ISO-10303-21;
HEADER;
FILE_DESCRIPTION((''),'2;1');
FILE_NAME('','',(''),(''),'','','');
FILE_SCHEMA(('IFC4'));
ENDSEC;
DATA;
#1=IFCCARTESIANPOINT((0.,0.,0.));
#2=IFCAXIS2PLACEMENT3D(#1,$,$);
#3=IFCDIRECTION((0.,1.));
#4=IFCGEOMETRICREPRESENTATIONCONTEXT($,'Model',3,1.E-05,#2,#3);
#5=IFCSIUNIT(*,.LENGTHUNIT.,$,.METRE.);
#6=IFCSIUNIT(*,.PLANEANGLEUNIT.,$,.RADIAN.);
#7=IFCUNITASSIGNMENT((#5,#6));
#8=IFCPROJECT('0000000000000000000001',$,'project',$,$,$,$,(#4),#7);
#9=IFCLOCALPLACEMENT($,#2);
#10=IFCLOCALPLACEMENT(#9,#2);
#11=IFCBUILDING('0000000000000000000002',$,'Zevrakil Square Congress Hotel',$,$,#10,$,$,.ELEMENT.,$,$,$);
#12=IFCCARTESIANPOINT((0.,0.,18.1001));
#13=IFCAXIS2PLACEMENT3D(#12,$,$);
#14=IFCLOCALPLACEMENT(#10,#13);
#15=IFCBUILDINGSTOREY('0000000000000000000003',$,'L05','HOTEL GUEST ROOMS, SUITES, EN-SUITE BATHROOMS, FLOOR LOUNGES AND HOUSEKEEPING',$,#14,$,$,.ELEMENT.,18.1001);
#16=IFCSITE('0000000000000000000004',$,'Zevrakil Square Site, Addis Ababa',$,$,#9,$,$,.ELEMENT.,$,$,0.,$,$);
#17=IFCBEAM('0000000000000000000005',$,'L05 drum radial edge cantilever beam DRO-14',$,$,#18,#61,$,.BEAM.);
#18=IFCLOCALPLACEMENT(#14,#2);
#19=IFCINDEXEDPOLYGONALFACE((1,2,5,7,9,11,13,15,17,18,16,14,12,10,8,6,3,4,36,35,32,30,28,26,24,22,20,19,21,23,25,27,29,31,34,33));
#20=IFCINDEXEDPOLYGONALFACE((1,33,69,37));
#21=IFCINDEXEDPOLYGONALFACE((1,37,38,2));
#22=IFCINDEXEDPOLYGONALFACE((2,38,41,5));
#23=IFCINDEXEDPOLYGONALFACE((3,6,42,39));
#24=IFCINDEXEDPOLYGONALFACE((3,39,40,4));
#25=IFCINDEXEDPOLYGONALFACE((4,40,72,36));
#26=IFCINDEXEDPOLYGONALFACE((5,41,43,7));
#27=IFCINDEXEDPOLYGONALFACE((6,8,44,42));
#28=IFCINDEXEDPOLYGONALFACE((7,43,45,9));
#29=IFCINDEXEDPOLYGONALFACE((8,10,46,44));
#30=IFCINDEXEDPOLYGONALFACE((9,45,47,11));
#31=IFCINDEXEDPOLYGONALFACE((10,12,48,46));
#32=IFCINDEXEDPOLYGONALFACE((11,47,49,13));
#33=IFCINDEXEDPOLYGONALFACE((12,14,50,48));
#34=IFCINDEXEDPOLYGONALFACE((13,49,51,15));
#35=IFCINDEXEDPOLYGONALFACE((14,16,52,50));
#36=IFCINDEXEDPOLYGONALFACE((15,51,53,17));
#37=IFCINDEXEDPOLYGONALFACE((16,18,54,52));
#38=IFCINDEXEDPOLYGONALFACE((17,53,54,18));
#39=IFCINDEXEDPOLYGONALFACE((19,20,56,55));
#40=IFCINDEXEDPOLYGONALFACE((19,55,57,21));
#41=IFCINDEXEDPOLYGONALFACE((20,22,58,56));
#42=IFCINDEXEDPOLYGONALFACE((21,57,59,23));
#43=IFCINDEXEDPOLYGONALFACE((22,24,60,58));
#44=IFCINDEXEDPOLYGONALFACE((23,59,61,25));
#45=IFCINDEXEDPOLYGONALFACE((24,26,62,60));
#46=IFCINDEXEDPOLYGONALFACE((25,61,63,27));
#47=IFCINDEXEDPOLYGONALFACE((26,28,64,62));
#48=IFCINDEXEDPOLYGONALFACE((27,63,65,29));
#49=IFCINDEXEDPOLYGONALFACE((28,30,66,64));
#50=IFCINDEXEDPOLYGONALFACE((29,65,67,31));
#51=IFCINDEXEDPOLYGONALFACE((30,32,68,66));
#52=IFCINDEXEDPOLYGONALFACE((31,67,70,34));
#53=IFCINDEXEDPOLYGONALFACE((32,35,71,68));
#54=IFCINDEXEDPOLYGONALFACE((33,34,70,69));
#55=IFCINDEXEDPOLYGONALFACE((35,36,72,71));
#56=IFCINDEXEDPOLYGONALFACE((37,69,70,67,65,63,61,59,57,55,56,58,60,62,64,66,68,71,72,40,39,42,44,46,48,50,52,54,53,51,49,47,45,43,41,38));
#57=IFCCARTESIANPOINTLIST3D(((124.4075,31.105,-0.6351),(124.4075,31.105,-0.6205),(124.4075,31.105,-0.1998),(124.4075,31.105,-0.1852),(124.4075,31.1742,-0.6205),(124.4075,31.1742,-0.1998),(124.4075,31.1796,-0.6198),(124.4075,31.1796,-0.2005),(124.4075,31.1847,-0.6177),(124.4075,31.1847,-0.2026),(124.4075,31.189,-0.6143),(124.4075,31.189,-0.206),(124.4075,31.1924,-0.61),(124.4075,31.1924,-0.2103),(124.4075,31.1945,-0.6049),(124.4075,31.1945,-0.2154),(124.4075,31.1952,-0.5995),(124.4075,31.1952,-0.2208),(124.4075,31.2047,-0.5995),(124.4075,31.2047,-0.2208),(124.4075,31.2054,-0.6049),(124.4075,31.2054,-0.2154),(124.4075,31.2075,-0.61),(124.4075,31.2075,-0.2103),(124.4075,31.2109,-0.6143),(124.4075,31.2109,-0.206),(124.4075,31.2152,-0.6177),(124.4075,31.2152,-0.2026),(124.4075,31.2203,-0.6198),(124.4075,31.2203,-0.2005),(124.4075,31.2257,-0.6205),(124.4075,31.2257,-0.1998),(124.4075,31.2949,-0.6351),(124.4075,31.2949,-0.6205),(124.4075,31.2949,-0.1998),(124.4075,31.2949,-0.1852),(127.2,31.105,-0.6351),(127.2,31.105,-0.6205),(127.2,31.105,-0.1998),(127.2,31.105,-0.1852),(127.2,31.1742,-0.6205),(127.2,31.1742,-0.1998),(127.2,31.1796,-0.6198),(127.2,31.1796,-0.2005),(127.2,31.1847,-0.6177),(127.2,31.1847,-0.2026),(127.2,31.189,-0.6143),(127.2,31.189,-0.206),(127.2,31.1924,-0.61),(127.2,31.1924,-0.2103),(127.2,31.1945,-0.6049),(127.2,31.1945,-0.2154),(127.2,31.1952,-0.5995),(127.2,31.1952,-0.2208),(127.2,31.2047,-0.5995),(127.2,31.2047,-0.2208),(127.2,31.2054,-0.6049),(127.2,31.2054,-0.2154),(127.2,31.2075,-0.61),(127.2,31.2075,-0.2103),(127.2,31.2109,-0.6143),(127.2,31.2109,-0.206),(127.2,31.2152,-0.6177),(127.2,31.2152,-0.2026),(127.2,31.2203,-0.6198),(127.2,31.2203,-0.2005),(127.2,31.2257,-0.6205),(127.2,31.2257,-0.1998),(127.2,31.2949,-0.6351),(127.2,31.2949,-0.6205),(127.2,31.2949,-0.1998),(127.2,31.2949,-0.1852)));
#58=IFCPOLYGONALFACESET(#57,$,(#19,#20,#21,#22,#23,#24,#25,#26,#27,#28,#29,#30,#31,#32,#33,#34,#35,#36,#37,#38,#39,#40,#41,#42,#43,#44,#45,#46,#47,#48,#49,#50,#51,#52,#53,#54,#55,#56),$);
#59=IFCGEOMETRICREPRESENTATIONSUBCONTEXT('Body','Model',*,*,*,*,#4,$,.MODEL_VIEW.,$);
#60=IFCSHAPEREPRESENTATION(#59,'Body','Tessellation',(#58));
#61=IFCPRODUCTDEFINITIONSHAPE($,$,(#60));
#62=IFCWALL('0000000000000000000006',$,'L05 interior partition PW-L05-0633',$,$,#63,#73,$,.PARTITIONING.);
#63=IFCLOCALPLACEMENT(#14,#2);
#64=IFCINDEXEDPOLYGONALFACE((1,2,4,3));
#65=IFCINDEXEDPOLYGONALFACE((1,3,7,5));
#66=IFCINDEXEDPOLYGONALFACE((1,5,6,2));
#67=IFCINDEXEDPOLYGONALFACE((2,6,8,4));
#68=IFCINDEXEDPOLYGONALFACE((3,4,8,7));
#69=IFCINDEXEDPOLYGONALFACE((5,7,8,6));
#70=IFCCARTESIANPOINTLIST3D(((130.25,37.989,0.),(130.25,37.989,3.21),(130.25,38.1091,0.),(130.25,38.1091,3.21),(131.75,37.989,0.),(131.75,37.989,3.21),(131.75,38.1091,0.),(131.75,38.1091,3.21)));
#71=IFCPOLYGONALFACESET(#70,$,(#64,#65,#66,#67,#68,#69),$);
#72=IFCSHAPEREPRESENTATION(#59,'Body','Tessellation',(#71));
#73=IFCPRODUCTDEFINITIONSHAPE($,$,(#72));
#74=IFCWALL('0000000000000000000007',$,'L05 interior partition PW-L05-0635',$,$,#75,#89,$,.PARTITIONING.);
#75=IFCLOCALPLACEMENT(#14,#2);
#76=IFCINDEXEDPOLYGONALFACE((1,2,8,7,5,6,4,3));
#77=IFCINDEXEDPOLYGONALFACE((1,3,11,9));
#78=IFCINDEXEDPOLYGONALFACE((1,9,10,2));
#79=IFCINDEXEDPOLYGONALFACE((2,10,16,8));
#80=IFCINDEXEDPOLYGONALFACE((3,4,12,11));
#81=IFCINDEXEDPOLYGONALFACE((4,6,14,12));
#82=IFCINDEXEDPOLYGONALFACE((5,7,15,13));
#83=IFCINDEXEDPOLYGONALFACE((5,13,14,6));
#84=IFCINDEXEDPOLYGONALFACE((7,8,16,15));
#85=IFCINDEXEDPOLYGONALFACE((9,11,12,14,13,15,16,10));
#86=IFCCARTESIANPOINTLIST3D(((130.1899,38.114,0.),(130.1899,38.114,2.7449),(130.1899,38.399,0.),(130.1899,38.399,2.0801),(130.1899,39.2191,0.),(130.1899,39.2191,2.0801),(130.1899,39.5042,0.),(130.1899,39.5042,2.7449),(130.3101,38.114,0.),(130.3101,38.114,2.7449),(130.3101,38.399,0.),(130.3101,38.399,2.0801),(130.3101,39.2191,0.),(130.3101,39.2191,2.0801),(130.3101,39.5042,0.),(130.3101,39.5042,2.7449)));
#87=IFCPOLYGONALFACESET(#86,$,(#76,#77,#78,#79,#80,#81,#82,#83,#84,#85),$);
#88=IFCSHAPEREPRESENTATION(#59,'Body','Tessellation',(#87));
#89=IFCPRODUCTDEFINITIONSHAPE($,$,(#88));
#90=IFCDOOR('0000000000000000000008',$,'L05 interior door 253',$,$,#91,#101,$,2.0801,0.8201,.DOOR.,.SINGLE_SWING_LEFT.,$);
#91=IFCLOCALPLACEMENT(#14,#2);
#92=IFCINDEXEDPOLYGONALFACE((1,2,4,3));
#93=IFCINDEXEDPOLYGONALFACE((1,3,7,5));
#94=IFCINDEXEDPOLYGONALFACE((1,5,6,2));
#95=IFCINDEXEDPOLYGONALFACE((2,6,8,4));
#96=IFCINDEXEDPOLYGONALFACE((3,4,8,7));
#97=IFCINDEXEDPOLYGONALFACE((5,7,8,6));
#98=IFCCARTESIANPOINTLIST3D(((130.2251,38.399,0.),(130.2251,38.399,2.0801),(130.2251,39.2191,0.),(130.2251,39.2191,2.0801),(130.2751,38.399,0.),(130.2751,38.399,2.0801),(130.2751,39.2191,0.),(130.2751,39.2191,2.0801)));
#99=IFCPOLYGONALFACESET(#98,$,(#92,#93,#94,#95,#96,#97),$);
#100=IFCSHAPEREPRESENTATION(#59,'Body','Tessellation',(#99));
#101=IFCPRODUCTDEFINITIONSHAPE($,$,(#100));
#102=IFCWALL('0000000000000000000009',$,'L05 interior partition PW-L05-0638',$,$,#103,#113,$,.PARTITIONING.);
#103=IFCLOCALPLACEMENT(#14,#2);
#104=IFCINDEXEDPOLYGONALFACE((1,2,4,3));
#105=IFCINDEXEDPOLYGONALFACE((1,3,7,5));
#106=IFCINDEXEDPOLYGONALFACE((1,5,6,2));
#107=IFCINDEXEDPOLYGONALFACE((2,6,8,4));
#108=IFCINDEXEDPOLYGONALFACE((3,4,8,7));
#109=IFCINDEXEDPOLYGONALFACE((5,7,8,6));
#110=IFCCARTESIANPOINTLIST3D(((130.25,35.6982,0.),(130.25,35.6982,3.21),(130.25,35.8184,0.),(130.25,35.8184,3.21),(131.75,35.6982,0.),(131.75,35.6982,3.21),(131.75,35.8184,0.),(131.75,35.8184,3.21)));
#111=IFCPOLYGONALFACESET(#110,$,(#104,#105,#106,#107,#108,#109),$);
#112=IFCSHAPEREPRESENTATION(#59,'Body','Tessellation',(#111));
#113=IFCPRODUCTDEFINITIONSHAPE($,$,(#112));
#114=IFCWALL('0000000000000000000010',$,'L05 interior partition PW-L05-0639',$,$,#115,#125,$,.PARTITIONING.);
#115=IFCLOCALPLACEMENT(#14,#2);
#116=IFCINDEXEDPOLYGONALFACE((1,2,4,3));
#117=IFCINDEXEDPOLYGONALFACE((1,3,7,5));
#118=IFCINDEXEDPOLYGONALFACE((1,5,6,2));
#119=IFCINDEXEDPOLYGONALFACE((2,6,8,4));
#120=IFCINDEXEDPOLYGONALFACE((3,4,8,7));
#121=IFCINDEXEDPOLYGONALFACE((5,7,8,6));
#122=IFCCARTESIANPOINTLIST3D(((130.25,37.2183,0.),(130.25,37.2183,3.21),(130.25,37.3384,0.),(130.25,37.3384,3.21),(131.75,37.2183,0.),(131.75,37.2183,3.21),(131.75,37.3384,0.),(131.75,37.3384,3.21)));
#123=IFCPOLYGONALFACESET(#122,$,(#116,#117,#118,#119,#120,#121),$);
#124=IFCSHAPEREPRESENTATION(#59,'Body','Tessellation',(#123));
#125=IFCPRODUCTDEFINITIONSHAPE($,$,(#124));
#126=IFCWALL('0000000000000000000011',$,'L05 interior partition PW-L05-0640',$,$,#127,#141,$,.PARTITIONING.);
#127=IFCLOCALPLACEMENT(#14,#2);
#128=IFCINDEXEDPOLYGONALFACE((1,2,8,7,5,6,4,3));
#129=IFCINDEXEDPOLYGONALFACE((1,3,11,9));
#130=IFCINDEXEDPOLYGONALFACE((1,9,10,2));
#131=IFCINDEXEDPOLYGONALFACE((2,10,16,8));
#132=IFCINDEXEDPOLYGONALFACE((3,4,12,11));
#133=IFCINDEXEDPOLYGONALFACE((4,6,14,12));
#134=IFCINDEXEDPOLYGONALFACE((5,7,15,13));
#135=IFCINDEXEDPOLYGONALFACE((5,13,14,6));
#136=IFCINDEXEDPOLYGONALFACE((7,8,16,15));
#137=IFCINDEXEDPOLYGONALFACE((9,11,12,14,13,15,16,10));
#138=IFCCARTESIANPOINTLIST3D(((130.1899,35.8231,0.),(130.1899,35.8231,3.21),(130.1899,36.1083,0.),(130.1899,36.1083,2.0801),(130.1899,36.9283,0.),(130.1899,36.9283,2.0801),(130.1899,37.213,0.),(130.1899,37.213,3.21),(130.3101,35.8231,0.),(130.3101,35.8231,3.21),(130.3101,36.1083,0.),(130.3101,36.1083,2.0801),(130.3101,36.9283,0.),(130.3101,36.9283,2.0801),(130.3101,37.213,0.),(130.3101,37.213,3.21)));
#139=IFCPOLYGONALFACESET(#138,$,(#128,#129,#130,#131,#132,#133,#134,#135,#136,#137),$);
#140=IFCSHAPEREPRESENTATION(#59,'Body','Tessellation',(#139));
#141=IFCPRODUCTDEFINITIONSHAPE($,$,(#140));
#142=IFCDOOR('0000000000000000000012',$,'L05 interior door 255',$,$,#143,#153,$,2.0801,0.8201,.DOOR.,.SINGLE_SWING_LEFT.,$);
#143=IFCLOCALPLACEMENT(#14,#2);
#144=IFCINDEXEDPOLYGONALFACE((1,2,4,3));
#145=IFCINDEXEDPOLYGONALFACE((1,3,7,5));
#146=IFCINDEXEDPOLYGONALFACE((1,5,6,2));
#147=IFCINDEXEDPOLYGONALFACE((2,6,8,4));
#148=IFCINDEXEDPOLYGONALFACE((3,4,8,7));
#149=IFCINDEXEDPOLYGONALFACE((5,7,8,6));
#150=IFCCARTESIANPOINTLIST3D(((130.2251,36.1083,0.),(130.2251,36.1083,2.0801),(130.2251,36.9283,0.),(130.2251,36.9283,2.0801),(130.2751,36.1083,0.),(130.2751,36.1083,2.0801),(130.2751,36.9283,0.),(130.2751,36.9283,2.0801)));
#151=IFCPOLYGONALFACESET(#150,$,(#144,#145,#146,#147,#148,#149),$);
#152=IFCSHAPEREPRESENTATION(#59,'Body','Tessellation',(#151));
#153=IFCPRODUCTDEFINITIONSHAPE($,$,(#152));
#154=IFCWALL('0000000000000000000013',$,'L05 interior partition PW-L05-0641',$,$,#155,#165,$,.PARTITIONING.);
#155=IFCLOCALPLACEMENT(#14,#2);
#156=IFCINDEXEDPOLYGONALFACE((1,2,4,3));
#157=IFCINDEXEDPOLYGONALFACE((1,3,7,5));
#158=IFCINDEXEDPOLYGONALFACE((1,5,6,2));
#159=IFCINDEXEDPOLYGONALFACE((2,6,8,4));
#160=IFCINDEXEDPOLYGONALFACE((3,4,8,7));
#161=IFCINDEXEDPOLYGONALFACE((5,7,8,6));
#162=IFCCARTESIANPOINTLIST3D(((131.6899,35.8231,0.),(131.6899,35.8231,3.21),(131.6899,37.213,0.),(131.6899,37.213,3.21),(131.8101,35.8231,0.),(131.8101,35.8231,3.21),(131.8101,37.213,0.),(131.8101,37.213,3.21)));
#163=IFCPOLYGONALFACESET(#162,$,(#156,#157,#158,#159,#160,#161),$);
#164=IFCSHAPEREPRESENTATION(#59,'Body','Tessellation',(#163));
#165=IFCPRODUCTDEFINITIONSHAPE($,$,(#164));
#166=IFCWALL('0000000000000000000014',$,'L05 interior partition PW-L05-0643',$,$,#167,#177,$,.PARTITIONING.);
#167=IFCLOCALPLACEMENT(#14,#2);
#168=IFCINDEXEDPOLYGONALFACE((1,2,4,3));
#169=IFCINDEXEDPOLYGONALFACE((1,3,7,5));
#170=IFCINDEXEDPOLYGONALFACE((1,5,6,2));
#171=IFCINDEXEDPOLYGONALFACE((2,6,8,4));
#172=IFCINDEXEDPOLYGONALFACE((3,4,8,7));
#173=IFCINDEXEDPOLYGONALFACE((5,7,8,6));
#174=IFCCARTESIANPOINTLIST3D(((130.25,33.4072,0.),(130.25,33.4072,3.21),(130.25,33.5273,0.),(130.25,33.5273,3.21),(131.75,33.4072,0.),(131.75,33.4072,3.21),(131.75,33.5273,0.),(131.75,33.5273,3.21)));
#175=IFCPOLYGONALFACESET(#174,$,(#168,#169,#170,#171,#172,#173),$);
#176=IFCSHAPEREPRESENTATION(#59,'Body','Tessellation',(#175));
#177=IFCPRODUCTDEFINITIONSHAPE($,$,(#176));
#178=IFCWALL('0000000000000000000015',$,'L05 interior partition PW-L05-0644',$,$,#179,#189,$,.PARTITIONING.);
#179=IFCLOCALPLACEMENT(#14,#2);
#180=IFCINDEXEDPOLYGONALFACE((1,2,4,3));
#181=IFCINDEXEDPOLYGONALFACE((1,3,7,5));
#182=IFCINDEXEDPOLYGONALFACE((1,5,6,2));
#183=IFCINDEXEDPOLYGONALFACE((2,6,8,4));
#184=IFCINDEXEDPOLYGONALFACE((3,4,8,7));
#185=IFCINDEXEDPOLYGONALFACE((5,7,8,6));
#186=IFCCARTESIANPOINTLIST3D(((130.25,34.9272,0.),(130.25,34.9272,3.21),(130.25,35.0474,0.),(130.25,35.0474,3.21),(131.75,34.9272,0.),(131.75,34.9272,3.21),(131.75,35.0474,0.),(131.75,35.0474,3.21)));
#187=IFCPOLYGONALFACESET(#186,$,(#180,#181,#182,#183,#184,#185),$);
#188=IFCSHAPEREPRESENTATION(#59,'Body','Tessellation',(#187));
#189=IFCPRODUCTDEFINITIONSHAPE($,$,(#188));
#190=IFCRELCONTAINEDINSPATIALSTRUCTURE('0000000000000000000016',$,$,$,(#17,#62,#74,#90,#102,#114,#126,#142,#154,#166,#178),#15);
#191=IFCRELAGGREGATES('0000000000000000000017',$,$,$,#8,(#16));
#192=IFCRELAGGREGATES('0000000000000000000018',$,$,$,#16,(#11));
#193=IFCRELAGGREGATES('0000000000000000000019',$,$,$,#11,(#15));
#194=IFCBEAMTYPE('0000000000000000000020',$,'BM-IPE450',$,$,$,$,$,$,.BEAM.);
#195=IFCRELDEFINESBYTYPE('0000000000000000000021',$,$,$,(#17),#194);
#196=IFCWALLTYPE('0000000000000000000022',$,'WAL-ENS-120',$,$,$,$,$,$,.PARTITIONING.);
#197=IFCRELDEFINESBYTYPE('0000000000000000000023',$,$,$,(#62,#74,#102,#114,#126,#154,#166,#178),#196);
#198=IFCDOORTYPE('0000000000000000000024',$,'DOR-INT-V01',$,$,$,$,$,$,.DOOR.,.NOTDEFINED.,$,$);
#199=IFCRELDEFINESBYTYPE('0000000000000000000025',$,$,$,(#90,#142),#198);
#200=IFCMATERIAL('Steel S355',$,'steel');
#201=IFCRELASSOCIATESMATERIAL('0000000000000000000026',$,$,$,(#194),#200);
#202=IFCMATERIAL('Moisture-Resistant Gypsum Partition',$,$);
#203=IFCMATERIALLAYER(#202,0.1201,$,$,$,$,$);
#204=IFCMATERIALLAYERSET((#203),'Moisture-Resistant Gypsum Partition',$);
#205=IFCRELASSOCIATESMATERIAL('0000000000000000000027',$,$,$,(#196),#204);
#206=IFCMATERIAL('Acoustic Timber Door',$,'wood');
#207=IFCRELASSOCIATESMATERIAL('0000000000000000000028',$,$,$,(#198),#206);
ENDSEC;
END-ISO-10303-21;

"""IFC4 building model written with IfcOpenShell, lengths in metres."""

from ifc_helpers import new_model, si_unit, direction, frame, frame_2d, origin, origin_2d, place, context, subcontext, project, spatial, rectangle, i_section, extrude, material, layer, layer_set, material_profile, profile_set, type_object, element, fill, save


model = new_model("IFC4")

# Units and contexts
model_context = context("Model", 3, precision=1e-05, world=origin(), true_north=direction((0.0, 1.0)))
body_context = subcontext(model_context, "Body", "Model", "MODEL_VIEW")
ifc_project = project(units=[si_unit("LENGTHUNIT", "METRE"), si_unit("PLANEANGLEUNIT", "RADIAN")], contexts=[model_context])

# Site, building, storey
site_placement = place(None, origin())
site = spatial("IfcSite", under=ifc_project, at=site_placement, Name="Zevrakil Square Site, Addis Ababa", CompositionType="ELEMENT", RefElevation=0.0)
building_placement = place(site_placement, origin())
building = spatial("IfcBuilding", under=site, at=building_placement, Name="Zevrakil Square Congress Hotel", CompositionType="ELEMENT")
storey_placement = place(building_placement, frame((0.0, 0.0, 18.1001)))
storey = spatial("IfcBuildingStorey", under=building, at=storey_placement, Name="L05", Description="HOTEL GUEST ROOMS, SUITES, EN-SUITE BATHROOMS, FLOOR LOUNGES AND HOUSEKEEPING", CompositionType="ELEMENT", Elevation=18.1001)

# Beam
ifc_material_1 = material(Name="Steel S355", Category="steel")
ifc_material_profile = material_profile(ifc_material_1, i_section(OverallWidth=0.1899, OverallDepth=0.45, WebThickness=0.0095, FlangeThickness=0.0146, FilletRadius=0.021, at=origin_2d()), Name="IPE 450")
ifc_profile_set = profile_set([ifc_material_profile], Name="Steel S355")
beam_type = type_object("IfcBeamType", Name="BM-IPE450", PredefinedType="BEAM", material=ifc_profile_set)
beam_placement = place(storey_placement, frame((127.2, 31.2, -0.4102), z_axis=(-1.0, 0.0, 0.0), x_axis=(0.0, -1.0, 0.0)))
element("IfcBeam", 1, at=beam_placement, inside=storey, type_object=beam_type, Name="L05 drum radial edge cantilever beam DRO-14", PredefinedType="BEAM", context=body_context, shape_type="SweptSolid", body=[
    extrude(i_section(OverallWidth=0.1899, OverallDepth=0.45, WebThickness=0.0095, FlangeThickness=0.0146, FilletRadius=0.021, at=origin_2d()), origin(), (0.0, 0.0, 1.0), 2.7925),
])

# Wall
ifc_material_2 = material(Name="Moisture-Resistant Gypsum Partition")
ifc_layer = layer(ifc_material_2, 0.1201)
ifc_layer_set = layer_set([ifc_layer], Name="Moisture-Resistant Gypsum Partition")
wall_type = type_object("IfcWallType", Name="WAL-ENS-120", PredefinedType="PARTITIONING", material=ifc_layer_set)
wall_1_placement = place(storey_placement, frame((130.25, 38.0491, 0.0), z_axis=(0.0, 0.0, 1.0), x_axis=(1.0, 0.0, 0.0)))
element("IfcWall", 2, at=wall_1_placement, inside=storey, type_object=wall_type, Name="L05 interior partition PW-L05-0633", PredefinedType="PARTITIONING", context=body_context, shape_type="SweptSolid", body=[
    extrude(rectangle(XDim=1.5, YDim=0.1201, at=frame_2d((0.75, 0.0))), origin(), (0.0, 0.0, 1.0), 3.21),
])

# Wall, opening, door
wall_2_placement = place(storey_placement, frame((130.25, 38.114, 0.0), z_axis=(0.0, 0.0, 1.0), x_axis=(0.0, 1.0, 0.0)))
wall_2 = element("IfcWall", 3, at=wall_2_placement, inside=storey, type_object=wall_type, Name="L05 interior partition PW-L05-0635", PredefinedType="PARTITIONING", context=body_context, shape_type="SweptSolid", body=[
    extrude(rectangle(XDim=1.3901, YDim=0.1201, at=frame_2d((0.6951, 0.0))), origin(), (0.0, 0.0, 1.0), 2.7449),
])
opening_1_placement = place(wall_2_placement, frame((0.2849, 0.0, 0.0)))
opening_1 = element("IfcOpeningElement", 4, at=opening_1_placement, cuts=wall_2, PredefinedType="OPENING", context=body_context, shape_type="SweptSolid", body=[
    extrude(rectangle(XDim=0.8201, YDim=2.0801, at=frame_2d((0.4102, 1.04))), frame((0.0, 0.0701, 0.0), z_axis=(0.0, -1.0, 0.0), x_axis=(1.0, 0.0, 0.0)), (0.0, 0.0, 1.0), 0.1401),
])
ifc_material_3 = material(Name="Acoustic Timber Door", Category="wood")
door_type = type_object("IfcDoorType", Name="DOR-INT-V01", OperationType="NOTDEFINED", PredefinedType="DOOR", material=ifc_material_3)
door_1_placement = place(opening_1_placement, origin())
door_1 = element("IfcDoor", 5, at=door_1_placement, inside=storey, type_object=door_type, Name="L05 interior door 253", OperationType="SINGLE_SWING_LEFT", OverallHeight=2.0801, OverallWidth=0.8201, PredefinedType="DOOR", context=body_context, shape_type="SweptSolid", body=[
    extrude(rectangle(XDim=0.8201, YDim=2.0801, at=frame_2d((0.4102, 1.04))), frame((0.0, 0.0249, 0.0), z_axis=(0.0, -1.0, 0.0), x_axis=(1.0, 0.0, 0.0)), (0.0, 0.0, 1.0), 0.05),
])
fill(opening_1, door_1)

# Walls
for number, where, z_axis, x_axis, name in (
    (6, (130.25, 35.7583, 0.0), (0.0, 0.0, 1.0), (1.0, 0.0, 0.0), "L05 interior partition PW-L05-0638"),
    (7, (130.25, 37.2783, 0.0), (0.0, 0.0, 1.0), (1.0, 0.0, 0.0), "L05 interior partition PW-L05-0639"),
):
    element("IfcWall", number, at=place(storey_placement, frame(where, z_axis=z_axis, x_axis=x_axis)), inside=storey, type_object=wall_type, Name=name, PredefinedType="PARTITIONING", context=body_context, shape_type="SweptSolid", body=[
        extrude(rectangle(XDim=1.5, YDim=0.1201, at=frame_2d((0.75, 0.0))), origin(), (0.0, 0.0, 1.0), 3.21),
    ])

# Wall, opening, door
wall_3_placement = place(storey_placement, frame((130.25, 35.8232, 0.0), z_axis=(0.0, 0.0, 1.0), x_axis=(0.0, 1.0, 0.0)))
wall_3 = element("IfcWall", 8, at=wall_3_placement, inside=storey, type_object=wall_type, Name="L05 interior partition PW-L05-0640", PredefinedType="PARTITIONING", context=body_context, shape_type="SweptSolid", body=[
    extrude(rectangle(XDim=1.3899, YDim=0.1201, at=frame_2d((0.6948, 0.0))), origin(), (0.0, 0.0, 1.0), 3.21),
])
opening_2_placement = place(wall_3_placement, frame((0.2849, 0.0, 0.0)))
opening_2 = element("IfcOpeningElement", 9, at=opening_2_placement, cuts=wall_3, PredefinedType="OPENING", context=body_context, shape_type="SweptSolid", body=[
    extrude(rectangle(XDim=0.8201, YDim=2.0801, at=frame_2d((0.4102, 1.04))), frame((0.0, 0.0701, 0.0), z_axis=(0.0, -1.0, 0.0), x_axis=(1.0, 0.0, 0.0)), (0.0, 0.0, 1.0), 0.1401),
])
door_2_placement = place(opening_2_placement, origin())
door_2 = element("IfcDoor", 10, at=door_2_placement, inside=storey, type_object=door_type, Name="L05 interior door 255", OperationType="SINGLE_SWING_LEFT", OverallHeight=2.0801, OverallWidth=0.8201, PredefinedType="DOOR", context=body_context, shape_type="SweptSolid", body=[
    extrude(rectangle(XDim=0.8201, YDim=2.0801, at=frame_2d((0.4102, 1.04))), frame((0.0, 0.0249, 0.0), z_axis=(0.0, -1.0, 0.0), x_axis=(1.0, 0.0, 0.0)), (0.0, 0.0, 1.0), 0.05),
])
fill(opening_2, door_2)

# Walls
wall_4_placement = place(storey_placement, frame((131.75, 35.8232, 0.0), z_axis=(0.0, 0.0, 1.0), x_axis=(0.0, 1.0, 0.0)))
element("IfcWall", 11, at=wall_4_placement, inside=storey, type_object=wall_type, Name="L05 interior partition PW-L05-0641", PredefinedType="PARTITIONING", context=body_context, shape_type="SweptSolid", body=[
    extrude(rectangle(XDim=1.3899, YDim=0.1201, at=frame_2d((0.6948, 0.0))), origin(), (0.0, 0.0, 1.0), 3.21),
])
for number, where, z_axis, x_axis, name in (
    (12, (130.25, 33.4673, 0.0), (0.0, 0.0, 1.0), (1.0, 0.0, 0.0), "L05 interior partition PW-L05-0643"),
    (13, (130.25, 34.9873, 0.0), (0.0, 0.0, 1.0), (1.0, 0.0, 0.0), "L05 interior partition PW-L05-0644"),
):
    element("IfcWall", number, at=place(storey_placement, frame(where, z_axis=z_axis, x_axis=x_axis)), inside=storey, type_object=wall_type, Name=name, PredefinedType="PARTITIONING", context=body_context, shape_type="SweptSolid", body=[
        extrude(rectangle(XDim=1.5, YDim=0.1201, at=frame_2d((0.75, 0.0))), origin(), (0.0, 0.0, 1.0), 3.21),
    ])

save(model, "model.ifc")
